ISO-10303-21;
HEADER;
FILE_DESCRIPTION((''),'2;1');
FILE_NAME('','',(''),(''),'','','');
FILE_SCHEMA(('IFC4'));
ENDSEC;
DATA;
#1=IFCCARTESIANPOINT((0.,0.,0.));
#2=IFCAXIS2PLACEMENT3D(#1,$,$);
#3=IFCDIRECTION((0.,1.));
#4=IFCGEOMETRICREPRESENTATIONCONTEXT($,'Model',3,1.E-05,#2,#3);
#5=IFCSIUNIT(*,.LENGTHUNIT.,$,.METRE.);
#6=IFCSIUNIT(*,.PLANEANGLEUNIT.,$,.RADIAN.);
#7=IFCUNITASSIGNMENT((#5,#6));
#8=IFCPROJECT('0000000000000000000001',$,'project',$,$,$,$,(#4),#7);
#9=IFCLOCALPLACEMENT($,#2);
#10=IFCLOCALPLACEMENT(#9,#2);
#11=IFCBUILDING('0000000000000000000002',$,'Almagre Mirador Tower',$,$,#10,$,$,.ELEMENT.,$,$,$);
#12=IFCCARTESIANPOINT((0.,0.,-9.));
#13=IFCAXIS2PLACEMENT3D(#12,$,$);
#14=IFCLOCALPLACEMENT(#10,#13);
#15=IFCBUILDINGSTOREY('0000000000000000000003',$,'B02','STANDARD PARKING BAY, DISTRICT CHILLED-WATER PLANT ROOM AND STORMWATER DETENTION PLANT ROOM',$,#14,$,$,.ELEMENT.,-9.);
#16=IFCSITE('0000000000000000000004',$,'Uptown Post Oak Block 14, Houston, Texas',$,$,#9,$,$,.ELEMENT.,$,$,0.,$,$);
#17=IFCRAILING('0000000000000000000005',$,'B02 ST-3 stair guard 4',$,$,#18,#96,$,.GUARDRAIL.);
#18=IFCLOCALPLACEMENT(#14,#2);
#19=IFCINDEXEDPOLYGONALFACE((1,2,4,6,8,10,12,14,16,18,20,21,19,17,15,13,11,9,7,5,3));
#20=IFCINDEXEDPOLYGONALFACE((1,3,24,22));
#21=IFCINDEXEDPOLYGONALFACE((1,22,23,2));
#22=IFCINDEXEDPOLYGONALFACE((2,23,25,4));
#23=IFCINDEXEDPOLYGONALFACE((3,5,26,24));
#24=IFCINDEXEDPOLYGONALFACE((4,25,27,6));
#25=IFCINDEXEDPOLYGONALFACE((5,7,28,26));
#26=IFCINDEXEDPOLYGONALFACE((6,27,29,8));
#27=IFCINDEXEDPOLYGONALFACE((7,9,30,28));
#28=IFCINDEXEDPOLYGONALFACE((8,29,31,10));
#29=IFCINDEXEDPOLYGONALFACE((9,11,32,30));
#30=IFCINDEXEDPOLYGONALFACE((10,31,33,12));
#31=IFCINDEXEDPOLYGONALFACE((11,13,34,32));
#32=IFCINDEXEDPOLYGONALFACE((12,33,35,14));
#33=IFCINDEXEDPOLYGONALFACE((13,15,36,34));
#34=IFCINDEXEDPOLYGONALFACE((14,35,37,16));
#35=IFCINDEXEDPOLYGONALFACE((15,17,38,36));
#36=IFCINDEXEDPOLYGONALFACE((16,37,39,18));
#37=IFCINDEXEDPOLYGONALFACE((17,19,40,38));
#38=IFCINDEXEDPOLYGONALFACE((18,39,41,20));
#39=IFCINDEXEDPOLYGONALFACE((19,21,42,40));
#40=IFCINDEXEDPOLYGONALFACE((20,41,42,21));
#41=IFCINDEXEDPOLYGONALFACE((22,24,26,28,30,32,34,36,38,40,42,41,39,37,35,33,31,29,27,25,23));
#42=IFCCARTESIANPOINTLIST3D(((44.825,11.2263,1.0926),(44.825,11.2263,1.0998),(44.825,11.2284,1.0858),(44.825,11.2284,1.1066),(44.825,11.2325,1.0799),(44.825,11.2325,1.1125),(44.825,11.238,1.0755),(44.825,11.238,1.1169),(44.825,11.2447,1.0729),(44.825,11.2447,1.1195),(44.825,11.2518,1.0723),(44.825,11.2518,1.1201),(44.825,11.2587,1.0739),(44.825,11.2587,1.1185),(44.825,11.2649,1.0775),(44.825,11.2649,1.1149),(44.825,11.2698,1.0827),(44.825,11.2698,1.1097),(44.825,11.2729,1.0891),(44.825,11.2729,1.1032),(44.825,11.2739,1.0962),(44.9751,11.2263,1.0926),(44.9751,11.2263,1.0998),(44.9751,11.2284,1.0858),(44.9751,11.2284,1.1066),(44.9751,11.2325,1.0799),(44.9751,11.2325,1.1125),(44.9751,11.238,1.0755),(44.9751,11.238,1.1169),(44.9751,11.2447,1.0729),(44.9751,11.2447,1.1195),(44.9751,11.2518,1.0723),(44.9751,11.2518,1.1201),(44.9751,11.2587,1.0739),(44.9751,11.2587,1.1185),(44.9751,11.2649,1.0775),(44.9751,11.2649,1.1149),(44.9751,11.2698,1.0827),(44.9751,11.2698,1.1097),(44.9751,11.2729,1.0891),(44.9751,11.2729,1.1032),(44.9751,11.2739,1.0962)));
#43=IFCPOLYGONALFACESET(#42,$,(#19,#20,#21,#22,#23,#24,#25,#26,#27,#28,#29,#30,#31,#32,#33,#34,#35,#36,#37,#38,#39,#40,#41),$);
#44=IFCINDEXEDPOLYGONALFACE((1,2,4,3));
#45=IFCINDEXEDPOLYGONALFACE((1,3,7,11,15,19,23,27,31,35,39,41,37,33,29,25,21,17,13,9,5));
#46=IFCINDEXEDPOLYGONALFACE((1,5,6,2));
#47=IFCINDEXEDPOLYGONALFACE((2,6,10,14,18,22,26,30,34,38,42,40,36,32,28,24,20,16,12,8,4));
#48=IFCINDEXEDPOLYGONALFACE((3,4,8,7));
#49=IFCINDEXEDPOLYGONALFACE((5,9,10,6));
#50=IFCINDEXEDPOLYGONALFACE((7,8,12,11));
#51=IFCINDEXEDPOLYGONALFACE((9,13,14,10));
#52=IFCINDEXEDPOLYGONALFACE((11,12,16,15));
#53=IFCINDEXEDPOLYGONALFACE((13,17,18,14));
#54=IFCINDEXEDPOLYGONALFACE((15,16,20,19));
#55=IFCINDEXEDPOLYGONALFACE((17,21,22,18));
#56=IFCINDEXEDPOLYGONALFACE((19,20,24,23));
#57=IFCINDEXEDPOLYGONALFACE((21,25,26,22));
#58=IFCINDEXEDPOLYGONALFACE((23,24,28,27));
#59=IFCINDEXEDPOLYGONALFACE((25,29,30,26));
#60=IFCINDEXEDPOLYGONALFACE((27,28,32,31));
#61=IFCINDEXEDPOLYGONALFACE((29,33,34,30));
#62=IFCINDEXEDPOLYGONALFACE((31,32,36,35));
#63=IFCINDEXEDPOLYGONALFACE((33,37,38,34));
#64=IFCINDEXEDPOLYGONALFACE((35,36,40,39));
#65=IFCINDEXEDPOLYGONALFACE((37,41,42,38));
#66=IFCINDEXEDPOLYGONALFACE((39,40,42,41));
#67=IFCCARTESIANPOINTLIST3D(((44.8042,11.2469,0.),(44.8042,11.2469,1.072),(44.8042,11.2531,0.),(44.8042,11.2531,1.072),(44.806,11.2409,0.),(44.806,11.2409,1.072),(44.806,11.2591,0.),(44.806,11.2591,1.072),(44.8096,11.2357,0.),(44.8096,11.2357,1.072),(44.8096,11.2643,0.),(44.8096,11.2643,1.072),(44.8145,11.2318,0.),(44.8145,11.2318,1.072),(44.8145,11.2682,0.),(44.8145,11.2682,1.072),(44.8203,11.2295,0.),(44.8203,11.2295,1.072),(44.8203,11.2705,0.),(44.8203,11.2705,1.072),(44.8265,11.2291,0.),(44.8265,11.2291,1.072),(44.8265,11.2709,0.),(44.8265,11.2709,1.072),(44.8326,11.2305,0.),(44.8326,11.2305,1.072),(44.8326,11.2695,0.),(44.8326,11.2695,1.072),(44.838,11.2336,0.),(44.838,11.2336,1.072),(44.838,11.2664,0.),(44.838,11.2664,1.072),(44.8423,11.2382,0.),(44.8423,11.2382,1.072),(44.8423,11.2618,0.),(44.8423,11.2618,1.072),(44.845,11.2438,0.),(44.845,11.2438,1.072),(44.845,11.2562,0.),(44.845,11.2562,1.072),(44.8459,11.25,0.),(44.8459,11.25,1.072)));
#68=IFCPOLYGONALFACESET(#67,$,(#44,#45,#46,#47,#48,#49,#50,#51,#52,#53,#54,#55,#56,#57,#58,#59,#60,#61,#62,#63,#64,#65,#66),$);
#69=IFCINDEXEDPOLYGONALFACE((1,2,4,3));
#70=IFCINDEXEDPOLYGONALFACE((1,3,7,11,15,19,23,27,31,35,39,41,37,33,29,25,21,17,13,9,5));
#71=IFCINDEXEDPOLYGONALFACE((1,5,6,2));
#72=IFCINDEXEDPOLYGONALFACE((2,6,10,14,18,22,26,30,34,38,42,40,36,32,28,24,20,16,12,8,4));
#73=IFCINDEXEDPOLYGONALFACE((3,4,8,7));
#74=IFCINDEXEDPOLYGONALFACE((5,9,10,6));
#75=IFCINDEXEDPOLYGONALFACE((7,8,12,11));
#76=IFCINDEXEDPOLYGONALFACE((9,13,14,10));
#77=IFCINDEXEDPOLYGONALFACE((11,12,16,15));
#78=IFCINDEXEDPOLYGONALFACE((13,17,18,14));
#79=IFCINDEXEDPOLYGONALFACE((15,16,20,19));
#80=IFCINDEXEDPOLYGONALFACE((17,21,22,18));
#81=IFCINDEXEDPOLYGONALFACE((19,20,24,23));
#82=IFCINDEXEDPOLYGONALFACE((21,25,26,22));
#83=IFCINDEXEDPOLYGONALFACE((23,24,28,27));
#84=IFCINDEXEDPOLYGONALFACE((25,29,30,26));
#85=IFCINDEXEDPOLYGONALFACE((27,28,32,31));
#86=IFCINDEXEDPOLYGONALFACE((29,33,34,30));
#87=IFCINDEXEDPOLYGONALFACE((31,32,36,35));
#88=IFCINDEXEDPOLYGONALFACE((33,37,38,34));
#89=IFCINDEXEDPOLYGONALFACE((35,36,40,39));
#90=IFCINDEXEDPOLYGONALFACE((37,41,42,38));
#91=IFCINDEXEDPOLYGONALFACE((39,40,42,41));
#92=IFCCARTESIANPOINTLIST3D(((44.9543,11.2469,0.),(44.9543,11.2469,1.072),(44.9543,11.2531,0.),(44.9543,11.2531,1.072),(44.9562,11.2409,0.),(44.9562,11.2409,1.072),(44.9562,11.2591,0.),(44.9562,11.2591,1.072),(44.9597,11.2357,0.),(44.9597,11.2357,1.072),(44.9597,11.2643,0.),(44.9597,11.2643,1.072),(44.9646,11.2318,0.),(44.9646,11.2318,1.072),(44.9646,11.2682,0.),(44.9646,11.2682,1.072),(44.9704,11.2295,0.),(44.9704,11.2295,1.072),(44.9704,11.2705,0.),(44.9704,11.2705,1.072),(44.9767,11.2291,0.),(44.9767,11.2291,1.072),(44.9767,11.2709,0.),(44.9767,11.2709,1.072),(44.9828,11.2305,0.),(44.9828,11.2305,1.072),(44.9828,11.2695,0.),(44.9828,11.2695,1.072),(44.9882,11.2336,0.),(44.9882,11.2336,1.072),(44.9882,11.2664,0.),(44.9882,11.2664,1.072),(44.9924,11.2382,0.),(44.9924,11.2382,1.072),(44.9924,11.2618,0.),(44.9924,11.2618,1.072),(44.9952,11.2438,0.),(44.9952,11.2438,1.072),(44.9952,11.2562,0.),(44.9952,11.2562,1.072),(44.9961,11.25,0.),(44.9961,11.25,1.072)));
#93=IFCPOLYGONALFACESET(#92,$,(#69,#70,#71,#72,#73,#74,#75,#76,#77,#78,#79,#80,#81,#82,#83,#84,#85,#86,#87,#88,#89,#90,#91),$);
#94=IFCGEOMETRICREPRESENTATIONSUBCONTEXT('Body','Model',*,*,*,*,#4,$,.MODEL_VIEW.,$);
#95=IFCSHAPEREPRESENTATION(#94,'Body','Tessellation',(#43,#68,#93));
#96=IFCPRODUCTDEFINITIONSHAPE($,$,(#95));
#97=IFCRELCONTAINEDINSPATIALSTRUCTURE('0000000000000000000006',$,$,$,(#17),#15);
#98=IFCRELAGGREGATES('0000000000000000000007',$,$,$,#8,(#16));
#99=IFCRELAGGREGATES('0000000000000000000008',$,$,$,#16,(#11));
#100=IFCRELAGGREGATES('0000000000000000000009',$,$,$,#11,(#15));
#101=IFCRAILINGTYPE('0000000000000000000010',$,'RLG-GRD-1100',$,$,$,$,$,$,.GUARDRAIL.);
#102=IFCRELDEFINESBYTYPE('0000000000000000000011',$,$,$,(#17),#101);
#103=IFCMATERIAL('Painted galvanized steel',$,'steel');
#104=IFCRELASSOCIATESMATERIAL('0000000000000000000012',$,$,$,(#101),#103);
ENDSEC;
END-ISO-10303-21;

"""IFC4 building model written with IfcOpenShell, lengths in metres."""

from ifc_helpers import new_model, si_unit, direction, frame, origin, origin_2d, place, context, subcontext, project, spatial, circle, extrude, material, type_object, element, save


model = new_model("IFC4")

# Units and contexts
model_context = context("Model", 3, precision=1e-05, world=origin(), true_north=direction((0.0, 1.0)))
body_context = subcontext(model_context, "Body", "Model", "MODEL_VIEW")
ifc_project = project(units=[si_unit("LENGTHUNIT", "METRE"), si_unit("PLANEANGLEUNIT", "RADIAN")], contexts=[model_context])

# Site, building, storey
site_placement = place(None, origin())
site = spatial("IfcSite", under=ifc_project, at=site_placement, Name="Uptown Post Oak Block 14, Houston, Texas", CompositionType="ELEMENT", RefElevation=0.0)
building_placement = place(site_placement, origin())
building = spatial("IfcBuilding", under=site, at=building_placement, Name="Almagre Mirador Tower", CompositionType="ELEMENT")
storey_placement = place(building_placement, frame((0.0, 0.0, -9.0)))
storey = spatial("IfcBuildingStorey", under=building, at=storey_placement, Name="B02", Description="STANDARD PARKING BAY, DISTRICT CHILLED-WATER PLANT ROOM AND STORMWATER DETENTION PLANT ROOM", CompositionType="ELEMENT", Elevation=-9.0)

# Railing
ifc_material_1 = material(Name="Painted galvanized steel", Category="steel")
railing_type = type_object("IfcRailingType", Name="RLG-GRD-1100", PredefinedType="GUARDRAIL", material=ifc_material_1)
railing_1_placement = place(storey_placement, frame((44.825, 11.25, 0.0)))
element("IfcRailing", 1, at=railing_1_placement, inside=storey, type_object=railing_type, Name="B02 ST-3 stair guard 4", PredefinedType="GUARDRAIL", context=body_context, shape_type="SweptSolid", body=[
    extrude(circle(Radius=0.0239, at=origin_2d()), frame((0.0, 0.0, 1.0962), z_axis=(1.0, 0.0, 0.0), x_axis=(0.0, 1.0, 0.0)), (0.0, 0.0, 1.0), 0.1501),
    extrude(circle(Radius=0.021, at=origin_2d()), origin(), (0.0, 0.0, 1.0), 1.072),
    extrude(circle(Radius=0.021, at=origin_2d()), frame((0.1501, 0.0, 0.0)), (0.0, 0.0, 1.0), 1.072),
])

save(model, "model.ifc")
